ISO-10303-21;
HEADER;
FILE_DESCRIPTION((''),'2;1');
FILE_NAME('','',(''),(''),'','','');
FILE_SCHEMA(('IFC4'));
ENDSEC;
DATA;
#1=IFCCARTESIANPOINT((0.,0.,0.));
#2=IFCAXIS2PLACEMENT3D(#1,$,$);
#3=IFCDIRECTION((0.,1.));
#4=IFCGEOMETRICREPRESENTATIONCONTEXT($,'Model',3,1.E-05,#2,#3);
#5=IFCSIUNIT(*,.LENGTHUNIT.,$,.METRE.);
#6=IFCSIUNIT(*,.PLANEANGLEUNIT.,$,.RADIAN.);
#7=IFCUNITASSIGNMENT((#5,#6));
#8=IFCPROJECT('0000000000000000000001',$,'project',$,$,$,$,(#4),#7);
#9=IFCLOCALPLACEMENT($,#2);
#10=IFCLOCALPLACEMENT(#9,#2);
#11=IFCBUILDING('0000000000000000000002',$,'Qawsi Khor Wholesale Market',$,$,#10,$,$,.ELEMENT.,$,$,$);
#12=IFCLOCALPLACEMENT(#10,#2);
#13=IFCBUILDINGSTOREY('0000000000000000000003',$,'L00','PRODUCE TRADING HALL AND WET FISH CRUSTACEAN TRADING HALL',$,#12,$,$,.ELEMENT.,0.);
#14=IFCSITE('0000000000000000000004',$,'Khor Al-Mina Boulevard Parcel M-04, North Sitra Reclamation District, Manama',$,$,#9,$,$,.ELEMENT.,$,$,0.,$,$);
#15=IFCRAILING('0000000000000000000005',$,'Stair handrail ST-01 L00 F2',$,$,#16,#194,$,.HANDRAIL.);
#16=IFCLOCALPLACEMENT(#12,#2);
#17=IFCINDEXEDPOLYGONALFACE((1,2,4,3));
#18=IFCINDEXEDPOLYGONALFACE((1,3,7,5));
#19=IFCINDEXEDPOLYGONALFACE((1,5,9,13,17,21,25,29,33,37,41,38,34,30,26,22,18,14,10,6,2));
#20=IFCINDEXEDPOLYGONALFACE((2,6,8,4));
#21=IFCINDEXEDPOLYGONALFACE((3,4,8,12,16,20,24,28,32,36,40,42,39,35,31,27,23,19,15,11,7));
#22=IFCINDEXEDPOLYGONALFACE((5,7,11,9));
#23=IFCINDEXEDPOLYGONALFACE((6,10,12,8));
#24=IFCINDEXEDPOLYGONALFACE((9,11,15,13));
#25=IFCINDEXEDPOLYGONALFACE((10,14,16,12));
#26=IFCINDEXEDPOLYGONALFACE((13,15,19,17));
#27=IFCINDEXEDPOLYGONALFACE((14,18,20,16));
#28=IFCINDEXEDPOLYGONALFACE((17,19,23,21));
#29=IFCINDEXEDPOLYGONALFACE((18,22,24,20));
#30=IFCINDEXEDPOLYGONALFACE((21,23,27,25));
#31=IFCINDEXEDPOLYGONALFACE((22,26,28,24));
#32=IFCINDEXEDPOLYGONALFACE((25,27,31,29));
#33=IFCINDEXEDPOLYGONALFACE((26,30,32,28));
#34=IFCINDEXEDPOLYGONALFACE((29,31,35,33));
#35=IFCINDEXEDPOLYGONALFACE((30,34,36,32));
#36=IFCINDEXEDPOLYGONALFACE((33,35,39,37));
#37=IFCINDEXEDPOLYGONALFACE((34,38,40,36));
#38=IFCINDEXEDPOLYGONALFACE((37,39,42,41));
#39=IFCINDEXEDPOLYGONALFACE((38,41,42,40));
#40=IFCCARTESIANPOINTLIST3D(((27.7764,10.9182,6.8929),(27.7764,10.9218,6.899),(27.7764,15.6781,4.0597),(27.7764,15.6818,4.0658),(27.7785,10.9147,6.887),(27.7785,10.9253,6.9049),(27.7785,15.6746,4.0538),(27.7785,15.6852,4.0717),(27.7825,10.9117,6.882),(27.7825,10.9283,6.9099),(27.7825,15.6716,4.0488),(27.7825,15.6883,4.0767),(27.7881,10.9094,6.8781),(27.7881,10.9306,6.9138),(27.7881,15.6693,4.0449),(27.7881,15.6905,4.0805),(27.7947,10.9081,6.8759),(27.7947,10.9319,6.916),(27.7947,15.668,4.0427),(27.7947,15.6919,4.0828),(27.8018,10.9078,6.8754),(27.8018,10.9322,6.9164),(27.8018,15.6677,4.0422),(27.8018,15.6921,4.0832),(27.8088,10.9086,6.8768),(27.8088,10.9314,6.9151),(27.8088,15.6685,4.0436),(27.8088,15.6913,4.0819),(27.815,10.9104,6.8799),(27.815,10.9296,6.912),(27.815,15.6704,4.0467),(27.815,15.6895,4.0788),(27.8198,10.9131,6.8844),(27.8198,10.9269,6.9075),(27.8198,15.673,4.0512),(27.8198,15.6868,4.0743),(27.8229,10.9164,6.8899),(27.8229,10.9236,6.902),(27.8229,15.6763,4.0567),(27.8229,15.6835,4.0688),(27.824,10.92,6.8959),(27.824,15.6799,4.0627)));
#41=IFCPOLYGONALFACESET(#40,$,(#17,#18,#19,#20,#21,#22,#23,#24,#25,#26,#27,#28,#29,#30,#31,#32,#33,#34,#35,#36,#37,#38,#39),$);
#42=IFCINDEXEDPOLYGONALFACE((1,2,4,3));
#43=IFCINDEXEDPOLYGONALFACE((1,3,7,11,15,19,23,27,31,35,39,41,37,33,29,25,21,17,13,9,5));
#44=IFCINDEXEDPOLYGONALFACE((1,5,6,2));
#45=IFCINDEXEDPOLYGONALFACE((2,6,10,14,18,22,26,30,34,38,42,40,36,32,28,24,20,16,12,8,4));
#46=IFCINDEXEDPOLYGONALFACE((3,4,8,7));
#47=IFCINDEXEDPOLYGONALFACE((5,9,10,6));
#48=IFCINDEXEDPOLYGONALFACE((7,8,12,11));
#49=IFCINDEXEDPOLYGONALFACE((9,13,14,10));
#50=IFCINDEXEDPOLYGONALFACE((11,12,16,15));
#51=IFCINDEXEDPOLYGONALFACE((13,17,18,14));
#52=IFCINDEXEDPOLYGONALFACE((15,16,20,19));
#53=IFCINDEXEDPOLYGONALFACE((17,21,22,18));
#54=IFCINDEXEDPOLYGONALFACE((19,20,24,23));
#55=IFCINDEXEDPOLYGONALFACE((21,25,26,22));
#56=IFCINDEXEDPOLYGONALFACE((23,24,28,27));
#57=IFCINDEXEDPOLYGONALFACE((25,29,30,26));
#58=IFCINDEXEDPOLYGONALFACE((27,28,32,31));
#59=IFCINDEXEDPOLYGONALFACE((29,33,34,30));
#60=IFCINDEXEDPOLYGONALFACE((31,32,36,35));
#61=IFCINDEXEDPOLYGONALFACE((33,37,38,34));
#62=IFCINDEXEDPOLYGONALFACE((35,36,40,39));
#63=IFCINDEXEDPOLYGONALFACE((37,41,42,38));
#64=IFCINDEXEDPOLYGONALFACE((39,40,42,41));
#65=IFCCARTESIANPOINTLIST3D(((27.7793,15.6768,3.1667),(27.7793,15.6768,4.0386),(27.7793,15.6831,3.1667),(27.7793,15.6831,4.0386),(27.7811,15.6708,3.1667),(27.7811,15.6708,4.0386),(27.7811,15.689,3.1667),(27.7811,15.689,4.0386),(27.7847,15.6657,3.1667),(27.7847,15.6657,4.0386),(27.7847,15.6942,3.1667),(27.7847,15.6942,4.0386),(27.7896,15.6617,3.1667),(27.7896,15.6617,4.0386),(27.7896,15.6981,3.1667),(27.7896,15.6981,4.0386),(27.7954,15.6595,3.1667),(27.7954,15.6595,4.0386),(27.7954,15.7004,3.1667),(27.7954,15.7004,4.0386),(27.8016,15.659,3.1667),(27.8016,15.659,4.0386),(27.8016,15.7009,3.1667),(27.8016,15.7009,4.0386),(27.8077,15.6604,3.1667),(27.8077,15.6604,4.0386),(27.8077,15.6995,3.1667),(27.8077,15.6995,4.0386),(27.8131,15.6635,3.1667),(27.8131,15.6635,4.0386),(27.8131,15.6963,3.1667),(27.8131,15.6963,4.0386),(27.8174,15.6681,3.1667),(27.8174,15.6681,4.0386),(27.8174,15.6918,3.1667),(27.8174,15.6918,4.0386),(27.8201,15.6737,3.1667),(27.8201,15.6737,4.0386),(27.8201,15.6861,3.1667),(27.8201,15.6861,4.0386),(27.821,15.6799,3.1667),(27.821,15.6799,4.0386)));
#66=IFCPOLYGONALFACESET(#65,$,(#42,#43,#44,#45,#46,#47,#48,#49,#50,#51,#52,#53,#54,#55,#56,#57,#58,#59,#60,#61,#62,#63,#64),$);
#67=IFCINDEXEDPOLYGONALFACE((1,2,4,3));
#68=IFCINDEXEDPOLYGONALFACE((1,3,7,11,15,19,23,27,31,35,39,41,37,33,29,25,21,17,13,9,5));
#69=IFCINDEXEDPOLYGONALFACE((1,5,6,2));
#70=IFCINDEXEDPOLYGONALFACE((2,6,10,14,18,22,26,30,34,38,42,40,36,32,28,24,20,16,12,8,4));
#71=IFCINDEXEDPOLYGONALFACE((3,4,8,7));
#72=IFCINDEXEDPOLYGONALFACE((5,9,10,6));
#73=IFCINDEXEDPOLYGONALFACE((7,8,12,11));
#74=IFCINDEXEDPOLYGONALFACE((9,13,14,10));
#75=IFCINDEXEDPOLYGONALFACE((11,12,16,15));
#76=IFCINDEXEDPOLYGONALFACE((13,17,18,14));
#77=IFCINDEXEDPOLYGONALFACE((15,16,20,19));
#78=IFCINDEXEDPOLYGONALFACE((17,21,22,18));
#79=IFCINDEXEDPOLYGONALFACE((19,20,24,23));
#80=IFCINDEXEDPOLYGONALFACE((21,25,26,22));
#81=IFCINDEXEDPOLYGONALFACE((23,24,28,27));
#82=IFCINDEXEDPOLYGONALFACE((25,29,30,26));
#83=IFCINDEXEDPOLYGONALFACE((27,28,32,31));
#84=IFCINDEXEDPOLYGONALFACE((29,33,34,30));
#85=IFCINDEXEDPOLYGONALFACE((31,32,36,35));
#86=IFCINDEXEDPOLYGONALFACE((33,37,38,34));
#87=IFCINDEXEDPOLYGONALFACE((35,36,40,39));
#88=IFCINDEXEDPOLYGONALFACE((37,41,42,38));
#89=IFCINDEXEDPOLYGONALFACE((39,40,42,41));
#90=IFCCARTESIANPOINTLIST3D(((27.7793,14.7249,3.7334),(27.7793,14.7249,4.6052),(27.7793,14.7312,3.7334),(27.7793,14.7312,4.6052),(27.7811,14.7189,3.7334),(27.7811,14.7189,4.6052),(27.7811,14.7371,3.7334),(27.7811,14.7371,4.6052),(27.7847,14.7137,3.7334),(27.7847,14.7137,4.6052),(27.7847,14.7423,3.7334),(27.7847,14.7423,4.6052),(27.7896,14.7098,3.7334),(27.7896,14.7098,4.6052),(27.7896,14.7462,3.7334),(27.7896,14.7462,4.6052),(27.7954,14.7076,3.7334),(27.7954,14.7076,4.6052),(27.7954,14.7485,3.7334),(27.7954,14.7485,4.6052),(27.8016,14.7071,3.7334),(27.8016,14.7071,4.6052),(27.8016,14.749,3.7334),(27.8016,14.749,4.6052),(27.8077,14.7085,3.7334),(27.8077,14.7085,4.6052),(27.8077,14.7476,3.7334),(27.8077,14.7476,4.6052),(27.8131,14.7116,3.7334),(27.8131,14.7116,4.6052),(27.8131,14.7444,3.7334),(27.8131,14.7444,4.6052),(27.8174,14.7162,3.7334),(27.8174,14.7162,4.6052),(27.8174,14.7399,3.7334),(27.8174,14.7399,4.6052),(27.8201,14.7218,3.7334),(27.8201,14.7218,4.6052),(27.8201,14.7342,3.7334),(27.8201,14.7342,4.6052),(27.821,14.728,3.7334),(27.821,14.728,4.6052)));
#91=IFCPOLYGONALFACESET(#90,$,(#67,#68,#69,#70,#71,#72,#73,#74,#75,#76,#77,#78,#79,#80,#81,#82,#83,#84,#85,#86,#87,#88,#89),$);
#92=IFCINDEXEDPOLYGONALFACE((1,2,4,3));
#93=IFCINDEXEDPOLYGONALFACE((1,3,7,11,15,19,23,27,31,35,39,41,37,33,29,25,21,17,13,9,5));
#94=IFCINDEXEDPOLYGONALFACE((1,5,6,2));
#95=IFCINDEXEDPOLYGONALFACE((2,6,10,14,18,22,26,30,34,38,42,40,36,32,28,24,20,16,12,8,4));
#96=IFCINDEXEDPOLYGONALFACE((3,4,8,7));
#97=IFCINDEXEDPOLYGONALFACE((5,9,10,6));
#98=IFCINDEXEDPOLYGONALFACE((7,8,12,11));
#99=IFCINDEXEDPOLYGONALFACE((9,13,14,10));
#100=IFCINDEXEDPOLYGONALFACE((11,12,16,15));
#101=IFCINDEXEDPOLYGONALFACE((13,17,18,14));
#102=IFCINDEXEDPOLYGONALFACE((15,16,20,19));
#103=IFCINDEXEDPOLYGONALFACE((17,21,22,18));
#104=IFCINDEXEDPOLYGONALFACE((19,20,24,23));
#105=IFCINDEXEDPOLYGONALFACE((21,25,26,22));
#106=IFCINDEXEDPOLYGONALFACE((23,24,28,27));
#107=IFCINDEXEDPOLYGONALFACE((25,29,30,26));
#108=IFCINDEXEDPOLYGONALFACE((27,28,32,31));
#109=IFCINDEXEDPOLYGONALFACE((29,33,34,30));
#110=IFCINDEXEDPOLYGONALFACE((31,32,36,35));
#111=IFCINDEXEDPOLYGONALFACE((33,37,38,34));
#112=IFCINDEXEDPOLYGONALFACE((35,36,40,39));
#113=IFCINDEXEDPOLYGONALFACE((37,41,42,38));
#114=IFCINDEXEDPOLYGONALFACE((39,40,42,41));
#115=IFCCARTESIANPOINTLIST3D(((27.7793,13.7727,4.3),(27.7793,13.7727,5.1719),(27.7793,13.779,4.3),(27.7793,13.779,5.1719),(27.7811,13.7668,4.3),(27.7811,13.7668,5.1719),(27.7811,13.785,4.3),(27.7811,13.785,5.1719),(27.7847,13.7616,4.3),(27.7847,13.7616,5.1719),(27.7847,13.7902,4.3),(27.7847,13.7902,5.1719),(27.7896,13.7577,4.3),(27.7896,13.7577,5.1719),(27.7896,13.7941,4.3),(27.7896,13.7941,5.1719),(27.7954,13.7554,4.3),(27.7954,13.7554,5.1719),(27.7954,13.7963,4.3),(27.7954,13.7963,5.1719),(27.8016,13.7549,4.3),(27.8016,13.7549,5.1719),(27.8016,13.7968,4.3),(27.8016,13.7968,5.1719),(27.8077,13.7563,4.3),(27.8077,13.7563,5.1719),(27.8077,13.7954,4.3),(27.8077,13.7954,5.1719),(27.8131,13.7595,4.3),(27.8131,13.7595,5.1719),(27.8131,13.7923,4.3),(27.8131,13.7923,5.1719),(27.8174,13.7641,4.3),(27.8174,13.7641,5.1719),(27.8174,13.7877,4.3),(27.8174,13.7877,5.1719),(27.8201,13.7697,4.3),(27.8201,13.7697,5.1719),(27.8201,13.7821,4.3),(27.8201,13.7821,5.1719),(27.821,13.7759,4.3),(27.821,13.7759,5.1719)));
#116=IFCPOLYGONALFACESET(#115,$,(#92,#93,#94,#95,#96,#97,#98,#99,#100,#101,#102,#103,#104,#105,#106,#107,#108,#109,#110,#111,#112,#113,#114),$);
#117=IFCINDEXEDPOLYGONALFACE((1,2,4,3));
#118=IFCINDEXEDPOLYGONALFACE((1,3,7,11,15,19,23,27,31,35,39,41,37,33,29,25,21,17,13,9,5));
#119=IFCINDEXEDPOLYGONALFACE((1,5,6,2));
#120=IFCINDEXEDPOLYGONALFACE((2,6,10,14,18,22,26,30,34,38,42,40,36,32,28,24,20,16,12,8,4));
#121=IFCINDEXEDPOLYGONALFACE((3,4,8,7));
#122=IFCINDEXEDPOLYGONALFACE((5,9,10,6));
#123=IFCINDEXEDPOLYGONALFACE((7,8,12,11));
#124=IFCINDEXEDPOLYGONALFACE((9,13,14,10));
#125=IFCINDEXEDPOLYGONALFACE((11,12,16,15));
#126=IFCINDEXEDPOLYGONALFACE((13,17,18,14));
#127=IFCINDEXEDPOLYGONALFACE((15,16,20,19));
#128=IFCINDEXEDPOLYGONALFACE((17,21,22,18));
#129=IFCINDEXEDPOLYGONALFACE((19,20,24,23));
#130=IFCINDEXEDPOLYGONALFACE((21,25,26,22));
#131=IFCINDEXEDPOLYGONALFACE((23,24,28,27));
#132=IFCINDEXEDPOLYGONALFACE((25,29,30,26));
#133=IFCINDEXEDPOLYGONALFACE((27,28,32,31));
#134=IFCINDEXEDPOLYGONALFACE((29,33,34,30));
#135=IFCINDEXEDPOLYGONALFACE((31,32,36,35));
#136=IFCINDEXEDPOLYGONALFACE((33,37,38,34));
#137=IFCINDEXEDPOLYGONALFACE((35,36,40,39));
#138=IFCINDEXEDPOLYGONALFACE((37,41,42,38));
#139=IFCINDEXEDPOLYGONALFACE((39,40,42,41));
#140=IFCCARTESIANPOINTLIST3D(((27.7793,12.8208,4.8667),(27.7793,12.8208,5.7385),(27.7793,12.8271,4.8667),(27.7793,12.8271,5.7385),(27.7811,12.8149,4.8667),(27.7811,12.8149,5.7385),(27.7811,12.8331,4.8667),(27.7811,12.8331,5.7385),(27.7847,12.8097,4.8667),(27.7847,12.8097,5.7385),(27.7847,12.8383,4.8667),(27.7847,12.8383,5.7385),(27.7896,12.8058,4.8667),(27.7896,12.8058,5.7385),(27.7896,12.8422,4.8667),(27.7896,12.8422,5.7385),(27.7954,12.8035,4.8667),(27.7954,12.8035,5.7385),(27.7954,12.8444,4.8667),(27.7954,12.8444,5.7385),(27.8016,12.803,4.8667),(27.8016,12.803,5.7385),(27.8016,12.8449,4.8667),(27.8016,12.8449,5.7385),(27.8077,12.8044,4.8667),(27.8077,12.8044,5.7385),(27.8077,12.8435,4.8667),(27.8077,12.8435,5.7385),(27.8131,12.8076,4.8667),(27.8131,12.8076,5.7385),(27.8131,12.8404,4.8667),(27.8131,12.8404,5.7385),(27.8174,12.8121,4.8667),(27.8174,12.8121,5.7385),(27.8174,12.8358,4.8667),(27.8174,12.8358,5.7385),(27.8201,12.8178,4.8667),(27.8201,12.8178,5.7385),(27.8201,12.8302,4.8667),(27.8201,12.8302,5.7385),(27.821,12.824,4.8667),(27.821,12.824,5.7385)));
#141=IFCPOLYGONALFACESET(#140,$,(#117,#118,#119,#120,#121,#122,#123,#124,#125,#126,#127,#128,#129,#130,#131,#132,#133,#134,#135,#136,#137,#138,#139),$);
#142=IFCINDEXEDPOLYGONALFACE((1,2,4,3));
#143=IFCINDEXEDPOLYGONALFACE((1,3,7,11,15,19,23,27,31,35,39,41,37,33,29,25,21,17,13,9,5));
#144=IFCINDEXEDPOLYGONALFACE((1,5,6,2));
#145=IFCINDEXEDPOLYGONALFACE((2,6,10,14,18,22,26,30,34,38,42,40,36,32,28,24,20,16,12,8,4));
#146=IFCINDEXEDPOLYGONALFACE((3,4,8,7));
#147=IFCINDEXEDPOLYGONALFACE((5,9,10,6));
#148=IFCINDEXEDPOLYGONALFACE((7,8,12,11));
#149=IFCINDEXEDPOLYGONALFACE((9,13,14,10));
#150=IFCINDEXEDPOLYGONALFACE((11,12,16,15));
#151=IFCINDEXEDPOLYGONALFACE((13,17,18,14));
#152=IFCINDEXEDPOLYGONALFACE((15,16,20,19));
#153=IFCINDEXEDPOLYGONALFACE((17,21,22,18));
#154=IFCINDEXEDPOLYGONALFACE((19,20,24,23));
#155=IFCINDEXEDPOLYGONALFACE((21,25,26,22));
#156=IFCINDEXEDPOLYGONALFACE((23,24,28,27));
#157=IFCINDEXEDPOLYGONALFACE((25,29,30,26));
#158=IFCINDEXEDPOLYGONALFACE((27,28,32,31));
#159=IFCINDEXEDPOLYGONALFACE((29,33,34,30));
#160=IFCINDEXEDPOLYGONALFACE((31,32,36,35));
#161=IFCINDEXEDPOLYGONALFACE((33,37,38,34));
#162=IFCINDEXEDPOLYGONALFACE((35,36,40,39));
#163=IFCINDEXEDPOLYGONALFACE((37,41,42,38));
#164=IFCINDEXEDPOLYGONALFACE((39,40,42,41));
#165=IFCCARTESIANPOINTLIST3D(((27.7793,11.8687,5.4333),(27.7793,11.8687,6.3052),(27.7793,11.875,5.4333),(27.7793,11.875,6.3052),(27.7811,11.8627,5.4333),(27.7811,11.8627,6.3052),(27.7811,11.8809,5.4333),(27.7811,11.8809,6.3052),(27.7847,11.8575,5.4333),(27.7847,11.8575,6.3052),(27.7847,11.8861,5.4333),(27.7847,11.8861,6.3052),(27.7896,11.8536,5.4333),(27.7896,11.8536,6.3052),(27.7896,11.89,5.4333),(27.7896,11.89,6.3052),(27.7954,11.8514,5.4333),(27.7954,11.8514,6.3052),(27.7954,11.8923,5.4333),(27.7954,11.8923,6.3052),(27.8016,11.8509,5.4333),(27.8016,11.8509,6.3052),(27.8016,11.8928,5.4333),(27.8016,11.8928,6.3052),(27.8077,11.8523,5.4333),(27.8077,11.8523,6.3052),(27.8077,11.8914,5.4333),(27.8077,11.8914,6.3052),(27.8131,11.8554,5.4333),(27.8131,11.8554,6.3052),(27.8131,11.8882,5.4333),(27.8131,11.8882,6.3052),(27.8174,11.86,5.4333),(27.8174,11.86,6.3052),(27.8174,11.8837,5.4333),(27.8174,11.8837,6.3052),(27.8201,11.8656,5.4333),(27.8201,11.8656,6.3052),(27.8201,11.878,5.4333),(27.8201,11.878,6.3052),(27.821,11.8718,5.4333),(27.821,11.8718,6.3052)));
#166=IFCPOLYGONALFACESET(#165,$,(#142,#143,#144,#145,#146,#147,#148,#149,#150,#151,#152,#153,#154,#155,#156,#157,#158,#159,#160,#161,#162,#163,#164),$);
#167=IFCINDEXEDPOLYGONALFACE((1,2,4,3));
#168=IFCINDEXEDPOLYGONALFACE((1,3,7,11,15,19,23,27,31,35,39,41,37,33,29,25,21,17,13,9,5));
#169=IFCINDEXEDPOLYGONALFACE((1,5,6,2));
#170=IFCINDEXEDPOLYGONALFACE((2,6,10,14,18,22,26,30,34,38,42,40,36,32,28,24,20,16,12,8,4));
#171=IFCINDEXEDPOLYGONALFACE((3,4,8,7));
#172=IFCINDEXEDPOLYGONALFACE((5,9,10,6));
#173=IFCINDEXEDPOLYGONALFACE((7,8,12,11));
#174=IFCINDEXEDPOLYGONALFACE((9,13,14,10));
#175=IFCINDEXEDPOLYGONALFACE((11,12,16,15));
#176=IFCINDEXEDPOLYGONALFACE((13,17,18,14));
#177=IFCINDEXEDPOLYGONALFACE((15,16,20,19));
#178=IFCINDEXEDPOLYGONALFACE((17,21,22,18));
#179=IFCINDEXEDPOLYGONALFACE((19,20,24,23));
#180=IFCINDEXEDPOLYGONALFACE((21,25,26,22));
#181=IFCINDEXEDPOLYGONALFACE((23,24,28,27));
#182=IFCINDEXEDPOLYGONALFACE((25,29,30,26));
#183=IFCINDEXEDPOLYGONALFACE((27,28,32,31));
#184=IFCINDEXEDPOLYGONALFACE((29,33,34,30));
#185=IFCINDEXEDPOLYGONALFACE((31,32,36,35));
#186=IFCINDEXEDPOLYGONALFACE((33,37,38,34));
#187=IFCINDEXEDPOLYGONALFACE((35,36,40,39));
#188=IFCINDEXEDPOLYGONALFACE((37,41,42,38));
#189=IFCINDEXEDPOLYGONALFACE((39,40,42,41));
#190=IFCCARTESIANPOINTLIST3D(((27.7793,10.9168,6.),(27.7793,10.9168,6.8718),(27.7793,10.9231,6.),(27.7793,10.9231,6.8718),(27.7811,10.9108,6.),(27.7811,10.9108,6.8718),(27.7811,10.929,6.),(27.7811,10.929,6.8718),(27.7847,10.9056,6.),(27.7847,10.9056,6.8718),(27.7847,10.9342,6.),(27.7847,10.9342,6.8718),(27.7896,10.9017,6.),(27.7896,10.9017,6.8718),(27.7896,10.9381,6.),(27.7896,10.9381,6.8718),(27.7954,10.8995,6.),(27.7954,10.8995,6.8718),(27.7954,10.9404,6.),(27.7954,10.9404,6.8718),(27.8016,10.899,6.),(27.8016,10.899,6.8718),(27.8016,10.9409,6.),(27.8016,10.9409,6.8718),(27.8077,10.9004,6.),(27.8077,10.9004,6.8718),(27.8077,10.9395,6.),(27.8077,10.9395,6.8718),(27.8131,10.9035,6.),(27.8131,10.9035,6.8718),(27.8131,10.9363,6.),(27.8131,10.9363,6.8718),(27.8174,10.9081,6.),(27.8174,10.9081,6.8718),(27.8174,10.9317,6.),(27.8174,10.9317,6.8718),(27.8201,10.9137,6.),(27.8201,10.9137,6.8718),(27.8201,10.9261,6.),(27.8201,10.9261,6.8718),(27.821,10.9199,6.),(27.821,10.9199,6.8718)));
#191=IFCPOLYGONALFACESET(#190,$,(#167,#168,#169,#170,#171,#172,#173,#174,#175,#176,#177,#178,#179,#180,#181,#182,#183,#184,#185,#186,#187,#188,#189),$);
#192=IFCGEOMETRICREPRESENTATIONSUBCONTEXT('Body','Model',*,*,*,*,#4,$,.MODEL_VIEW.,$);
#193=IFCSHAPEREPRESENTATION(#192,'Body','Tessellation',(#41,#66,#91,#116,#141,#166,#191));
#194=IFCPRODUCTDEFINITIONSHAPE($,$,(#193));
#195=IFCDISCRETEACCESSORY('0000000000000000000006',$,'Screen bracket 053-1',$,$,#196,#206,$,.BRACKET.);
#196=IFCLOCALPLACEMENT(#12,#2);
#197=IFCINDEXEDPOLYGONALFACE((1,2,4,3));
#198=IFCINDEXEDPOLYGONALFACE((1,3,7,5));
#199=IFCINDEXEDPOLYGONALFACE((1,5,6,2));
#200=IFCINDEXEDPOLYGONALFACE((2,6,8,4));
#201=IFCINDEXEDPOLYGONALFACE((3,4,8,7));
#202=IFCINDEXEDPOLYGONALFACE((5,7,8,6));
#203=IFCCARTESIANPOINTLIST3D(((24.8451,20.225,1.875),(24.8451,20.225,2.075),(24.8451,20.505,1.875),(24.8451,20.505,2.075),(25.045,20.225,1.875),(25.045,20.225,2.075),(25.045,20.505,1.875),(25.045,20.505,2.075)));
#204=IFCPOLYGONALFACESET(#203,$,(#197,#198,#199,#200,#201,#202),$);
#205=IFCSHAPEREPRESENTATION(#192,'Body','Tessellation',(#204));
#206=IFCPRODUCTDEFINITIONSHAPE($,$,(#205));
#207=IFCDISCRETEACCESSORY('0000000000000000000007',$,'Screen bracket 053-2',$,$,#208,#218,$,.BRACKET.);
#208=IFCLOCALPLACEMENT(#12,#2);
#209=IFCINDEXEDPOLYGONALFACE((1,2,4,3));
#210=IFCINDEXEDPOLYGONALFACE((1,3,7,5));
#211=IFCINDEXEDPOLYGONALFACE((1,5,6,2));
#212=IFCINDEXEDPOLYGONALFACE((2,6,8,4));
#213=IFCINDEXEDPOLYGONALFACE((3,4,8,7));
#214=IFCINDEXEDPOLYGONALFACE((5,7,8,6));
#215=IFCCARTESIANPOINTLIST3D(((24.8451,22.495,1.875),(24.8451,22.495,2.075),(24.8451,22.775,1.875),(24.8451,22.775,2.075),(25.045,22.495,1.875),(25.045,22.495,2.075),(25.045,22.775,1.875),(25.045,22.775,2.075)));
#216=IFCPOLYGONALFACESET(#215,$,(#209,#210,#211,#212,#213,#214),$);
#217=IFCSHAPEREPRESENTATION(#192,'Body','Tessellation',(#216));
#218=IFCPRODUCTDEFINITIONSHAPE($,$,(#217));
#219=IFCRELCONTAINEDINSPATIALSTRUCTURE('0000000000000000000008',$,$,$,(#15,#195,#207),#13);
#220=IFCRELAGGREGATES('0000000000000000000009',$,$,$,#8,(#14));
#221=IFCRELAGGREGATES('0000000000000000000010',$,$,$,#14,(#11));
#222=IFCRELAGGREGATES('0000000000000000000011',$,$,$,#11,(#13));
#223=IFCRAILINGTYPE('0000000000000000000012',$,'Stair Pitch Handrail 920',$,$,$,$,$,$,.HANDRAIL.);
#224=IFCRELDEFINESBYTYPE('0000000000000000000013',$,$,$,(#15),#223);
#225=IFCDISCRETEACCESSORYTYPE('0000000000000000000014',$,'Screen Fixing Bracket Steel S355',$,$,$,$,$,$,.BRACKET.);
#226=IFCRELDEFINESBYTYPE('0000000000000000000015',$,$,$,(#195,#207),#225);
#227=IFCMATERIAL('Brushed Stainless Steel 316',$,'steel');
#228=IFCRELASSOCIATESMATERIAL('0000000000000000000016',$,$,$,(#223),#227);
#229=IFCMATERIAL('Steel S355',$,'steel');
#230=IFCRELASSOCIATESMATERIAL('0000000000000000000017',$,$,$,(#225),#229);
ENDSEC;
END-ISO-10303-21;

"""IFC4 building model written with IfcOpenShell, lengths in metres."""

from ifc_helpers import new_model, si_unit, direction, frame, origin, origin_2d, place, context, subcontext, project, spatial, rectangle, circle, extrude, material, type_object, element, save


model = new_model("IFC4")

# Units and contexts
model_context = context("Model", 3, precision=1e-05, world=origin(), true_north=direction((0.0, 1.0)))
body_context = subcontext(model_context, "Body", "Model", "MODEL_VIEW")
ifc_project = project(units=[si_unit("LENGTHUNIT", "METRE"), si_unit("PLANEANGLEUNIT", "RADIAN")], contexts=[model_context])

# Site, building, storey
site_placement = place(None, origin())
site = spatial("IfcSite", under=ifc_project, at=site_placement, Name="Khor Al-Mina Boulevard Parcel M-04, North Sitra Reclamation District, Manama", CompositionType="ELEMENT", RefElevation=0.0)
building_placement = place(site_placement, origin())
building = spatial("IfcBuilding", under=site, at=building_placement, Name="Qawsi Khor Wholesale Market", CompositionType="ELEMENT")
storey_placement = place(building_placement, origin())
storey = spatial("IfcBuildingStorey", under=building, at=storey_placement, Name="L00", Description="PRODUCE TRADING HALL AND WET FISH CRUSTACEAN TRADING HALL", CompositionType="ELEMENT", Elevation=0.0)

# Railing
ifc_material_1 = material(Name="Brushed Stainless Steel 316", Category="steel")
railing_type = type_object("IfcRailingType", Name="Stair Pitch Handrail 920", PredefinedType="HANDRAIL", material=ifc_material_1)
railing_1_placement = place(storey_placement, frame((27.8, 15.6799, 3.1667)))
element("IfcRailing", 1, at=railing_1_placement, inside=storey, type_object=railing_type, Name="Stair handrail ST-01 L00 F2", PredefinedType="HANDRAIL", context=body_context, shape_type="SweptSolid", body=[
    extrude(circle(Radius=0.0239, at=origin_2d()), frame((0.0, 0.0, 0.896), z_axis=(0.0, -0.8593, 0.511472), x_axis=(1.0, 0.0, 0.0)), (0.0, 0.0, 1.0), 5.5393),
    extrude(circle(Radius=0.021, at=origin_2d()), origin(), (0.0, 0.0, 1.0), 0.8718),
    extrude(circle(Radius=0.021, at=origin_2d()), frame((0.0, -0.9519, 0.5667)), (0.0, 0.0, 1.0), 0.8718),
    extrude(circle(Radius=0.021, at=origin_2d()), frame((0.0, -1.9041, 1.1333)), (0.0, 0.0, 1.0), 0.8718),
    extrude(circle(Radius=0.021, at=origin_2d()), frame((0.0, -2.856, 1.7)), (0.0, 0.0, 1.0), 0.8718),
    extrude(circle(Radius=0.021, at=origin_2d()), frame((0.0, -3.8081, 2.2666)), (0.0, 0.0, 1.0), 0.8718),
    extrude(circle(Radius=0.021, at=origin_2d()), frame((0.0, -4.76, 2.8333)), (0.0, 0.0, 1.0), 0.8718),
])

# Discrete accessories
ifc_material_2 = material(Name="Steel S355", Category="steel")
discrete_accessory_type = type_object("IfcDiscreteAccessoryType", Name="Screen Fixing Bracket Steel S355", PredefinedType="BRACKET", material=ifc_material_2)
for number, where, z_axis, x_axis, name in (
    (2, (24.9451, 20.365, 1.875), (0.0, 0.0, 1.0), (1.0, 0.0, 0.0), "Screen bracket 053-1"),
    (3, (24.9451, 22.635, 1.875), (0.0, 0.0, 1.0), (1.0, 0.0, 0.0), "Screen bracket 053-2"),
):
    element("IfcDiscreteAccessory", number, at=place(storey_placement, frame(where, z_axis=z_axis, x_axis=x_axis)), inside=storey, type_object=discrete_accessory_type, Name=name, PredefinedType="BRACKET", context=body_context, shape_type="SweptSolid", body=[
        extrude(rectangle(XDim=0.2, YDim=0.28, at=origin_2d()), origin(), (0.0, 0.0, 1.0), 0.2),
    ])

save(model, "model.ifc")
